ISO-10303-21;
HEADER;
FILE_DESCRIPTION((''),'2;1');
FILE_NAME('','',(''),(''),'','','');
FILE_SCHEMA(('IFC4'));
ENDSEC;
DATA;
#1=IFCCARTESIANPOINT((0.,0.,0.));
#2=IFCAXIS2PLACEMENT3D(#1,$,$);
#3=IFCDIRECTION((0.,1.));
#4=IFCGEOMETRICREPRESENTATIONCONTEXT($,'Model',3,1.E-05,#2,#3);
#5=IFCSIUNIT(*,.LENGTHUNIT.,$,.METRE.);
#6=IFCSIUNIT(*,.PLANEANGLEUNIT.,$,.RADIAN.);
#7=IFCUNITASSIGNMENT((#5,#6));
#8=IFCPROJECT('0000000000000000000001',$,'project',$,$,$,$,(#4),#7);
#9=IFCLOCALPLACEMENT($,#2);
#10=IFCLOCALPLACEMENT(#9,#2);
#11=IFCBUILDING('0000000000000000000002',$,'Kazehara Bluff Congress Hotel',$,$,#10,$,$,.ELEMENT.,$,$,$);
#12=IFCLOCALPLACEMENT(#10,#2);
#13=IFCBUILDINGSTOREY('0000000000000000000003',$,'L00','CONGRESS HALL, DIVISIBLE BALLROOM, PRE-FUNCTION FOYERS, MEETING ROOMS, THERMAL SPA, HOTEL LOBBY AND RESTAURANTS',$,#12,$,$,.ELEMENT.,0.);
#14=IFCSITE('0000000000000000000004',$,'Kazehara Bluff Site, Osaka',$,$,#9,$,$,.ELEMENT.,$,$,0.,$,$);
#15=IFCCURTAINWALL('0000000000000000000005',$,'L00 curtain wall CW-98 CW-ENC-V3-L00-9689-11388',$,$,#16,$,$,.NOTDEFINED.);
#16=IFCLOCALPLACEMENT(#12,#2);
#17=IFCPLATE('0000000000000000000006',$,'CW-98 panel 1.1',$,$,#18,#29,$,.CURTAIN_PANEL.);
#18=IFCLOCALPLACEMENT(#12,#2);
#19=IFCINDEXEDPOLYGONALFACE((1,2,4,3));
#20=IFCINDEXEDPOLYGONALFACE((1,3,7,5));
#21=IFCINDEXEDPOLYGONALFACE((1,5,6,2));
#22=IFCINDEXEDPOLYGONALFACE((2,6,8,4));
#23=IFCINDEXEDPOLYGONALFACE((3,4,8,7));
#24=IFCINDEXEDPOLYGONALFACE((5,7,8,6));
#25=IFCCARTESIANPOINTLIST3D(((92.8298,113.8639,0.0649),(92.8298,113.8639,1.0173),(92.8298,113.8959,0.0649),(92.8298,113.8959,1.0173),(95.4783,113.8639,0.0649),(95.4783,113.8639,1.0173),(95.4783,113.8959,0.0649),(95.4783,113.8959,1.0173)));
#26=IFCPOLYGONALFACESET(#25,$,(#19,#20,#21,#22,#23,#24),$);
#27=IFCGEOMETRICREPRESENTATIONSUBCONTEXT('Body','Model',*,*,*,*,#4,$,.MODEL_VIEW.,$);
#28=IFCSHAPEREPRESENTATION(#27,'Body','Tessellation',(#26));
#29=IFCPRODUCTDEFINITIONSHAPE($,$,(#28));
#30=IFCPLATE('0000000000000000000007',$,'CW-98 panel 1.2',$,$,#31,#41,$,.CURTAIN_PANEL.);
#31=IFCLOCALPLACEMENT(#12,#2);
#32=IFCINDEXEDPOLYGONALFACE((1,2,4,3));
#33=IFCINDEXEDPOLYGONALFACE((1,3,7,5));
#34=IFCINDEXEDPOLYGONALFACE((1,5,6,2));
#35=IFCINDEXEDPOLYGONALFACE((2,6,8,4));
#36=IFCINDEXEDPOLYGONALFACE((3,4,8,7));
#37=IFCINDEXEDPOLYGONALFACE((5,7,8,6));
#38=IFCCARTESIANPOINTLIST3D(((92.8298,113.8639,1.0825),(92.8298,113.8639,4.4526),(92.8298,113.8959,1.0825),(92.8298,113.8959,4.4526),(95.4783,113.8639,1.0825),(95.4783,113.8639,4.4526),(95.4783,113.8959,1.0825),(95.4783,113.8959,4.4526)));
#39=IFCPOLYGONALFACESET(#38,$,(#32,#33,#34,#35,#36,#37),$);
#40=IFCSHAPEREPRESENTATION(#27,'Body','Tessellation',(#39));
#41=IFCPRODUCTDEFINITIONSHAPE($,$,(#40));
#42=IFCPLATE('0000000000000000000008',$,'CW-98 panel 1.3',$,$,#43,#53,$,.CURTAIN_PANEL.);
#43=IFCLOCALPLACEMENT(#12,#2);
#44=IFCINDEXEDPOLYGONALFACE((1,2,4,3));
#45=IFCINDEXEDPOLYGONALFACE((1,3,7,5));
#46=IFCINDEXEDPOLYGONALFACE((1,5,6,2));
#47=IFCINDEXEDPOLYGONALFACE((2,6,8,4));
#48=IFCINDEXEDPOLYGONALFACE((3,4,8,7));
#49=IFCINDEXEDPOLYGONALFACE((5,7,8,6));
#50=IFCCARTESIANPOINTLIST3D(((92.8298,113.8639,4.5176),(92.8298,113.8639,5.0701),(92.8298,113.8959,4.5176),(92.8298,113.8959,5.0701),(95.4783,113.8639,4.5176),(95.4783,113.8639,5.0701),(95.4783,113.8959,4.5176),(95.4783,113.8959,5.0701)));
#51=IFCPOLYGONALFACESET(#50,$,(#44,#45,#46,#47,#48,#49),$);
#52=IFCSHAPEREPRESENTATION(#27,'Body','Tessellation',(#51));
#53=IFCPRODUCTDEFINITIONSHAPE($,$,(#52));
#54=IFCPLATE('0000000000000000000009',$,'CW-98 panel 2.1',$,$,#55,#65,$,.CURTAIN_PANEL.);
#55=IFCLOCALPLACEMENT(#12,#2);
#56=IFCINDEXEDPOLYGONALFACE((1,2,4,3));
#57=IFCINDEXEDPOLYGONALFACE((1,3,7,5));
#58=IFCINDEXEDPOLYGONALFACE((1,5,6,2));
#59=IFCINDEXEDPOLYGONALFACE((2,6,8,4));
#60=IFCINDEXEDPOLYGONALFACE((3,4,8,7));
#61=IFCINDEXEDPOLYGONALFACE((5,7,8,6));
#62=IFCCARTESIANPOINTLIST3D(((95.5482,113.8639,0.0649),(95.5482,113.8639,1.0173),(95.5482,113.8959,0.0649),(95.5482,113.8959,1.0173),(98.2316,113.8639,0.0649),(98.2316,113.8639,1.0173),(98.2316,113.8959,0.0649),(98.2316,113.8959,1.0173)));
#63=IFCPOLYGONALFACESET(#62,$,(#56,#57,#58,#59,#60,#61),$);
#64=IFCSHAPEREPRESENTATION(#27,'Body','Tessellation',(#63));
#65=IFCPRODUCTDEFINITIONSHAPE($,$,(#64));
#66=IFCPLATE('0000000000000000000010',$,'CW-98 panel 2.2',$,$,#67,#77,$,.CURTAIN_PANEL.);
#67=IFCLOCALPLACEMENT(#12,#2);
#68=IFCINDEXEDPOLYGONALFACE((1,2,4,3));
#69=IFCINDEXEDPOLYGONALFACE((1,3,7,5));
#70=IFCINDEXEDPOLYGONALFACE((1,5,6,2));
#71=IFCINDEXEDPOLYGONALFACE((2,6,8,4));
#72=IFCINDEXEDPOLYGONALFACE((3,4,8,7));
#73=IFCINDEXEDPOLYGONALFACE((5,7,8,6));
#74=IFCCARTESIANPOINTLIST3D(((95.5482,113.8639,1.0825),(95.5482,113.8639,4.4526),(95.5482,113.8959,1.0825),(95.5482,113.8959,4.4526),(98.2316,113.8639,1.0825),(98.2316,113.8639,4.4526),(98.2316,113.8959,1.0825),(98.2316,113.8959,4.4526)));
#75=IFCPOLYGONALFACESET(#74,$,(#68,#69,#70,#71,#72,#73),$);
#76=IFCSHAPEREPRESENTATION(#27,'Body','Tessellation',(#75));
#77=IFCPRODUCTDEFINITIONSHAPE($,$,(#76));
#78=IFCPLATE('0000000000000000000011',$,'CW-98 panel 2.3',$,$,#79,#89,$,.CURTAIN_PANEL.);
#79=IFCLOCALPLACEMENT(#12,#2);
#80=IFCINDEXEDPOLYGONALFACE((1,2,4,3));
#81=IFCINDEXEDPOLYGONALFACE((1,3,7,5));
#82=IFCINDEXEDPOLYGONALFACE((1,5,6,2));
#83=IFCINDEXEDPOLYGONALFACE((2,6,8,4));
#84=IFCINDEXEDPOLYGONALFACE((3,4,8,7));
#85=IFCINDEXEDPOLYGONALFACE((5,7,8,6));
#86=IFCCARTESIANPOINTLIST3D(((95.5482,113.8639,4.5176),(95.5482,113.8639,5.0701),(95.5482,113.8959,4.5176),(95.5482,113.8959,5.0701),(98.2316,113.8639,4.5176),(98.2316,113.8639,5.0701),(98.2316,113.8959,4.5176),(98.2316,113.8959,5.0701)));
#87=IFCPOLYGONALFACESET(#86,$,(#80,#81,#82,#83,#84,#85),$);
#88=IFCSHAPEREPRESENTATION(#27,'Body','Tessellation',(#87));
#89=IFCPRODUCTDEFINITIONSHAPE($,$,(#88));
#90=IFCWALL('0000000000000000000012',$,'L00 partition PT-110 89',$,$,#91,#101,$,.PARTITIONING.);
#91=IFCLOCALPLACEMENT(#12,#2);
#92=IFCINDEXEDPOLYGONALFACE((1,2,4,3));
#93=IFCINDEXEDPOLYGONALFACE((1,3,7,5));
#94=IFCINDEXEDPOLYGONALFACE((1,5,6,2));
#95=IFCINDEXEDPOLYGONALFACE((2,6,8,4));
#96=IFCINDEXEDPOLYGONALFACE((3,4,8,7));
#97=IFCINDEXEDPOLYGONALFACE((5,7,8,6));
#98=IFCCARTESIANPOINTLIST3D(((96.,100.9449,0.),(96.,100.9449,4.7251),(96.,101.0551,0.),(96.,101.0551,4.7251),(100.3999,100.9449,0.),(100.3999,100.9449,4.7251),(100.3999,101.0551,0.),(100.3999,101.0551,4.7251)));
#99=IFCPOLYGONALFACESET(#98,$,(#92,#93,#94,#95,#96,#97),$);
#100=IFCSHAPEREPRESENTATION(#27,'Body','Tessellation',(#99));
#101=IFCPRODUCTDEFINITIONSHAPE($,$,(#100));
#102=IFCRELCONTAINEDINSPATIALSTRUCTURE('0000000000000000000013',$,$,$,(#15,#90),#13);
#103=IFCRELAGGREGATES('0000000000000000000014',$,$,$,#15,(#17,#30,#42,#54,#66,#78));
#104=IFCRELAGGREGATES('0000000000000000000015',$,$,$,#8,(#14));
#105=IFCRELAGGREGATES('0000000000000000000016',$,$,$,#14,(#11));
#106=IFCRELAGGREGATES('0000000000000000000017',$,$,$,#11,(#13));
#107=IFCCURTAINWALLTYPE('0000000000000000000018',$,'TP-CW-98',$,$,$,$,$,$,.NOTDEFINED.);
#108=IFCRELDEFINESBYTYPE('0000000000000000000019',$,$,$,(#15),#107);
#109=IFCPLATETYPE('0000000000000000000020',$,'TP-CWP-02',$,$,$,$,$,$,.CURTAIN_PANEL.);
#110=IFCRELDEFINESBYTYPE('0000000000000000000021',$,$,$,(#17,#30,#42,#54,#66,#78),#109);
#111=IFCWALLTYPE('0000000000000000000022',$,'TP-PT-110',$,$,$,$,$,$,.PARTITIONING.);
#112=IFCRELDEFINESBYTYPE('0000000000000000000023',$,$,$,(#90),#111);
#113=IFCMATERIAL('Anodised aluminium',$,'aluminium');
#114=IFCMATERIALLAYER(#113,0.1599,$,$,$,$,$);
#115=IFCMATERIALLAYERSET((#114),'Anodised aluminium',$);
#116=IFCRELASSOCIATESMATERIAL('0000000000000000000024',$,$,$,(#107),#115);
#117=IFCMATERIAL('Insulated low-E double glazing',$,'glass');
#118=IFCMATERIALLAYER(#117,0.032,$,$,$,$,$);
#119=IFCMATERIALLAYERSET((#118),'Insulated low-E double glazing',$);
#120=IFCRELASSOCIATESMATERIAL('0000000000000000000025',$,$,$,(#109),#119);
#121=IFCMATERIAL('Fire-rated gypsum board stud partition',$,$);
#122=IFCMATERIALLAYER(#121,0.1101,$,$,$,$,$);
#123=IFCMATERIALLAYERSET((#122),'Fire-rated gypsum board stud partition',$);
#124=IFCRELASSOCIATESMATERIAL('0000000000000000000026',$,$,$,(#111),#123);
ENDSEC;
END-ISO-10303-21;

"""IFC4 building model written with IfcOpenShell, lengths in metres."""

from ifc_helpers import new_model, si_unit, direction, frame, frame_2d, origin, origin_2d, place, context, subcontext, project, spatial, rectangle, extrude, material, layer, layer_set, type_object, element, aggregate, save


model = new_model("IFC4")

# Units and contexts
model_context = context("Model", 3, precision=1e-05, world=origin(), true_north=direction((0.0, 1.0)))
body_context = subcontext(model_context, "Body", "Model", "MODEL_VIEW")
ifc_project = project(units=[si_unit("LENGTHUNIT", "METRE"), si_unit("PLANEANGLEUNIT", "RADIAN")], contexts=[model_context])

# Site, building, storey
site_placement = place(None, origin())
site = spatial("IfcSite", under=ifc_project, at=site_placement, Name="Kazehara Bluff Site, Osaka", CompositionType="ELEMENT", RefElevation=0.0)
building_placement = place(site_placement, origin())
building = spatial("IfcBuilding", under=site, at=building_placement, Name="Kazehara Bluff Congress Hotel", CompositionType="ELEMENT")
storey_placement = place(building_placement, origin())
storey = spatial("IfcBuildingStorey", under=building, at=storey_placement, Name="L00", Description="CONGRESS HALL, DIVISIBLE BALLROOM, PRE-FUNCTION FOYERS, MEETING ROOMS, THERMAL SPA, HOTEL LOBBY AND RESTAURANTS", CompositionType="ELEMENT", Elevation=0.0)

# Curtain wall
ifc_material_1 = material(Name="Anodised aluminium", Category="aluminium")
ifc_layer_1 = layer(ifc_material_1, 0.1599)
ifc_layer_set_1 = layer_set([ifc_layer_1], Name="Anodised aluminium")
curtain_wall_type = type_object("IfcCurtainWallType", Name="TP-CW-98", PredefinedType="NOTDEFINED", material=ifc_layer_set_1)
curtain_wall_placement = place(storey_placement, origin())
curtain_wall = element("IfcCurtainWall", 1, at=curtain_wall_placement, inside=storey, type_object=curtain_wall_type, Name="L00 curtain wall CW-98 CW-ENC-V3-L00-9689-11388", PredefinedType="NOTDEFINED")

# Plates
ifc_material_2 = material(Name="Insulated low-E double glazing", Category="glass")
ifc_layer_2 = layer(ifc_material_2, 0.032)
ifc_layer_set_2 = layer_set([ifc_layer_2], Name="Insulated low-E double glazing")
plate_type = type_object("IfcPlateType", Name="TP-CWP-02", PredefinedType="CURTAIN_PANEL", material=ifc_layer_set_2)
plate_1_placement = place(storey_placement, frame((94.1541, 113.8799, 0.0649), z_axis=(0.0, 0.0, 1.0), x_axis=(1.0, 0.0, 0.0)))
plate_1 = element("IfcPlate", 2, at=plate_1_placement, type_object=plate_type, Name="CW-98 panel 1.1", PredefinedType="CURTAIN_PANEL", context=body_context, shape_type="SweptSolid", body=[
    extrude(rectangle(XDim=2.6484, YDim=0.032, at=origin_2d()), origin(), (0.0, 0.0, 1.0), 0.9524),
])
plate_2_placement = place(storey_placement, frame((94.1541, 113.8799, 1.0825), z_axis=(0.0, 0.0, 1.0), x_axis=(1.0, 0.0, 0.0)))
plate_2 = element("IfcPlate", 3, at=plate_2_placement, type_object=plate_type, Name="CW-98 panel 1.2", PredefinedType="CURTAIN_PANEL", context=body_context, shape_type="SweptSolid", body=[
    extrude(rectangle(XDim=2.6484, YDim=0.032, at=origin_2d()), origin(), (0.0, 0.0, 1.0), 3.3701),
])
plate_3_placement = place(storey_placement, frame((94.1541, 113.8799, 4.5176), z_axis=(0.0, 0.0, 1.0), x_axis=(1.0, 0.0, 0.0)))
plate_3 = element("IfcPlate", 4, at=plate_3_placement, type_object=plate_type, Name="CW-98 panel 1.3", PredefinedType="CURTAIN_PANEL", context=body_context, shape_type="SweptSolid", body=[
    extrude(rectangle(XDim=2.6484, YDim=0.032, at=origin_2d()), origin(), (0.0, 0.0, 1.0), 0.5525),
])
plate_4_placement = place(storey_placement, frame((96.8899, 113.8799, 0.0649), z_axis=(0.0, 0.0, 1.0), x_axis=(1.0, 0.0, 0.0)))
plate_4 = element("IfcPlate", 5, at=plate_4_placement, type_object=plate_type, Name="CW-98 panel 2.1", PredefinedType="CURTAIN_PANEL", context=body_context, shape_type="SweptSolid", body=[
    extrude(rectangle(XDim=2.6833, YDim=0.032, at=origin_2d()), origin(), (0.0, 0.0, 1.0), 0.9524),
])
plate_5_placement = place(storey_placement, frame((96.8899, 113.8799, 1.0825), z_axis=(0.0, 0.0, 1.0), x_axis=(1.0, 0.0, 0.0)))
plate_5 = element("IfcPlate", 6, at=plate_5_placement, type_object=plate_type, Name="CW-98 panel 2.2", PredefinedType="CURTAIN_PANEL", context=body_context, shape_type="SweptSolid", body=[
    extrude(rectangle(XDim=2.6833, YDim=0.032, at=origin_2d()), origin(), (0.0, 0.0, 1.0), 3.3701),
])
plate_6_placement = place(storey_placement, frame((96.8899, 113.8799, 4.5176), z_axis=(0.0, 0.0, 1.0), x_axis=(1.0, 0.0, 0.0)))
plate_6 = element("IfcPlate", 7, at=plate_6_placement, type_object=plate_type, Name="CW-98 panel 2.3", PredefinedType="CURTAIN_PANEL", context=body_context, shape_type="SweptSolid", body=[
    extrude(rectangle(XDim=2.6833, YDim=0.032, at=origin_2d()), origin(), (0.0, 0.0, 1.0), 0.5525),
])
aggregate(curtain_wall, [plate_1, plate_2, plate_3, plate_4, plate_5, plate_6])

# Wall
ifc_material_3 = material(Name="Fire-rated gypsum board stud partition")
ifc_layer_3 = layer(ifc_material_3, 0.1101)
ifc_layer_set_3 = layer_set([ifc_layer_3], Name="Fire-rated gypsum board stud partition")
wall_type = type_object("IfcWallType", Name="TP-PT-110", PredefinedType="PARTITIONING", material=ifc_layer_set_3)
wall_placement = place(storey_placement, frame((96.0, 101.0, 0.0), z_axis=(0.0, 0.0, 1.0), x_axis=(1.0, 0.0, 0.0)))
element("IfcWall", 8, at=wall_placement, inside=storey, type_object=wall_type, Name="L00 partition PT-110 89", PredefinedType="PARTITIONING", context=body_context, shape_type="SweptSolid", body=[
    extrude(rectangle(XDim=4.3999, YDim=0.1101, at=frame_2d((2.2, 0.0))), origin(), (0.0, 0.0, 1.0), 4.7251),
])

save(model, "model.ifc")
